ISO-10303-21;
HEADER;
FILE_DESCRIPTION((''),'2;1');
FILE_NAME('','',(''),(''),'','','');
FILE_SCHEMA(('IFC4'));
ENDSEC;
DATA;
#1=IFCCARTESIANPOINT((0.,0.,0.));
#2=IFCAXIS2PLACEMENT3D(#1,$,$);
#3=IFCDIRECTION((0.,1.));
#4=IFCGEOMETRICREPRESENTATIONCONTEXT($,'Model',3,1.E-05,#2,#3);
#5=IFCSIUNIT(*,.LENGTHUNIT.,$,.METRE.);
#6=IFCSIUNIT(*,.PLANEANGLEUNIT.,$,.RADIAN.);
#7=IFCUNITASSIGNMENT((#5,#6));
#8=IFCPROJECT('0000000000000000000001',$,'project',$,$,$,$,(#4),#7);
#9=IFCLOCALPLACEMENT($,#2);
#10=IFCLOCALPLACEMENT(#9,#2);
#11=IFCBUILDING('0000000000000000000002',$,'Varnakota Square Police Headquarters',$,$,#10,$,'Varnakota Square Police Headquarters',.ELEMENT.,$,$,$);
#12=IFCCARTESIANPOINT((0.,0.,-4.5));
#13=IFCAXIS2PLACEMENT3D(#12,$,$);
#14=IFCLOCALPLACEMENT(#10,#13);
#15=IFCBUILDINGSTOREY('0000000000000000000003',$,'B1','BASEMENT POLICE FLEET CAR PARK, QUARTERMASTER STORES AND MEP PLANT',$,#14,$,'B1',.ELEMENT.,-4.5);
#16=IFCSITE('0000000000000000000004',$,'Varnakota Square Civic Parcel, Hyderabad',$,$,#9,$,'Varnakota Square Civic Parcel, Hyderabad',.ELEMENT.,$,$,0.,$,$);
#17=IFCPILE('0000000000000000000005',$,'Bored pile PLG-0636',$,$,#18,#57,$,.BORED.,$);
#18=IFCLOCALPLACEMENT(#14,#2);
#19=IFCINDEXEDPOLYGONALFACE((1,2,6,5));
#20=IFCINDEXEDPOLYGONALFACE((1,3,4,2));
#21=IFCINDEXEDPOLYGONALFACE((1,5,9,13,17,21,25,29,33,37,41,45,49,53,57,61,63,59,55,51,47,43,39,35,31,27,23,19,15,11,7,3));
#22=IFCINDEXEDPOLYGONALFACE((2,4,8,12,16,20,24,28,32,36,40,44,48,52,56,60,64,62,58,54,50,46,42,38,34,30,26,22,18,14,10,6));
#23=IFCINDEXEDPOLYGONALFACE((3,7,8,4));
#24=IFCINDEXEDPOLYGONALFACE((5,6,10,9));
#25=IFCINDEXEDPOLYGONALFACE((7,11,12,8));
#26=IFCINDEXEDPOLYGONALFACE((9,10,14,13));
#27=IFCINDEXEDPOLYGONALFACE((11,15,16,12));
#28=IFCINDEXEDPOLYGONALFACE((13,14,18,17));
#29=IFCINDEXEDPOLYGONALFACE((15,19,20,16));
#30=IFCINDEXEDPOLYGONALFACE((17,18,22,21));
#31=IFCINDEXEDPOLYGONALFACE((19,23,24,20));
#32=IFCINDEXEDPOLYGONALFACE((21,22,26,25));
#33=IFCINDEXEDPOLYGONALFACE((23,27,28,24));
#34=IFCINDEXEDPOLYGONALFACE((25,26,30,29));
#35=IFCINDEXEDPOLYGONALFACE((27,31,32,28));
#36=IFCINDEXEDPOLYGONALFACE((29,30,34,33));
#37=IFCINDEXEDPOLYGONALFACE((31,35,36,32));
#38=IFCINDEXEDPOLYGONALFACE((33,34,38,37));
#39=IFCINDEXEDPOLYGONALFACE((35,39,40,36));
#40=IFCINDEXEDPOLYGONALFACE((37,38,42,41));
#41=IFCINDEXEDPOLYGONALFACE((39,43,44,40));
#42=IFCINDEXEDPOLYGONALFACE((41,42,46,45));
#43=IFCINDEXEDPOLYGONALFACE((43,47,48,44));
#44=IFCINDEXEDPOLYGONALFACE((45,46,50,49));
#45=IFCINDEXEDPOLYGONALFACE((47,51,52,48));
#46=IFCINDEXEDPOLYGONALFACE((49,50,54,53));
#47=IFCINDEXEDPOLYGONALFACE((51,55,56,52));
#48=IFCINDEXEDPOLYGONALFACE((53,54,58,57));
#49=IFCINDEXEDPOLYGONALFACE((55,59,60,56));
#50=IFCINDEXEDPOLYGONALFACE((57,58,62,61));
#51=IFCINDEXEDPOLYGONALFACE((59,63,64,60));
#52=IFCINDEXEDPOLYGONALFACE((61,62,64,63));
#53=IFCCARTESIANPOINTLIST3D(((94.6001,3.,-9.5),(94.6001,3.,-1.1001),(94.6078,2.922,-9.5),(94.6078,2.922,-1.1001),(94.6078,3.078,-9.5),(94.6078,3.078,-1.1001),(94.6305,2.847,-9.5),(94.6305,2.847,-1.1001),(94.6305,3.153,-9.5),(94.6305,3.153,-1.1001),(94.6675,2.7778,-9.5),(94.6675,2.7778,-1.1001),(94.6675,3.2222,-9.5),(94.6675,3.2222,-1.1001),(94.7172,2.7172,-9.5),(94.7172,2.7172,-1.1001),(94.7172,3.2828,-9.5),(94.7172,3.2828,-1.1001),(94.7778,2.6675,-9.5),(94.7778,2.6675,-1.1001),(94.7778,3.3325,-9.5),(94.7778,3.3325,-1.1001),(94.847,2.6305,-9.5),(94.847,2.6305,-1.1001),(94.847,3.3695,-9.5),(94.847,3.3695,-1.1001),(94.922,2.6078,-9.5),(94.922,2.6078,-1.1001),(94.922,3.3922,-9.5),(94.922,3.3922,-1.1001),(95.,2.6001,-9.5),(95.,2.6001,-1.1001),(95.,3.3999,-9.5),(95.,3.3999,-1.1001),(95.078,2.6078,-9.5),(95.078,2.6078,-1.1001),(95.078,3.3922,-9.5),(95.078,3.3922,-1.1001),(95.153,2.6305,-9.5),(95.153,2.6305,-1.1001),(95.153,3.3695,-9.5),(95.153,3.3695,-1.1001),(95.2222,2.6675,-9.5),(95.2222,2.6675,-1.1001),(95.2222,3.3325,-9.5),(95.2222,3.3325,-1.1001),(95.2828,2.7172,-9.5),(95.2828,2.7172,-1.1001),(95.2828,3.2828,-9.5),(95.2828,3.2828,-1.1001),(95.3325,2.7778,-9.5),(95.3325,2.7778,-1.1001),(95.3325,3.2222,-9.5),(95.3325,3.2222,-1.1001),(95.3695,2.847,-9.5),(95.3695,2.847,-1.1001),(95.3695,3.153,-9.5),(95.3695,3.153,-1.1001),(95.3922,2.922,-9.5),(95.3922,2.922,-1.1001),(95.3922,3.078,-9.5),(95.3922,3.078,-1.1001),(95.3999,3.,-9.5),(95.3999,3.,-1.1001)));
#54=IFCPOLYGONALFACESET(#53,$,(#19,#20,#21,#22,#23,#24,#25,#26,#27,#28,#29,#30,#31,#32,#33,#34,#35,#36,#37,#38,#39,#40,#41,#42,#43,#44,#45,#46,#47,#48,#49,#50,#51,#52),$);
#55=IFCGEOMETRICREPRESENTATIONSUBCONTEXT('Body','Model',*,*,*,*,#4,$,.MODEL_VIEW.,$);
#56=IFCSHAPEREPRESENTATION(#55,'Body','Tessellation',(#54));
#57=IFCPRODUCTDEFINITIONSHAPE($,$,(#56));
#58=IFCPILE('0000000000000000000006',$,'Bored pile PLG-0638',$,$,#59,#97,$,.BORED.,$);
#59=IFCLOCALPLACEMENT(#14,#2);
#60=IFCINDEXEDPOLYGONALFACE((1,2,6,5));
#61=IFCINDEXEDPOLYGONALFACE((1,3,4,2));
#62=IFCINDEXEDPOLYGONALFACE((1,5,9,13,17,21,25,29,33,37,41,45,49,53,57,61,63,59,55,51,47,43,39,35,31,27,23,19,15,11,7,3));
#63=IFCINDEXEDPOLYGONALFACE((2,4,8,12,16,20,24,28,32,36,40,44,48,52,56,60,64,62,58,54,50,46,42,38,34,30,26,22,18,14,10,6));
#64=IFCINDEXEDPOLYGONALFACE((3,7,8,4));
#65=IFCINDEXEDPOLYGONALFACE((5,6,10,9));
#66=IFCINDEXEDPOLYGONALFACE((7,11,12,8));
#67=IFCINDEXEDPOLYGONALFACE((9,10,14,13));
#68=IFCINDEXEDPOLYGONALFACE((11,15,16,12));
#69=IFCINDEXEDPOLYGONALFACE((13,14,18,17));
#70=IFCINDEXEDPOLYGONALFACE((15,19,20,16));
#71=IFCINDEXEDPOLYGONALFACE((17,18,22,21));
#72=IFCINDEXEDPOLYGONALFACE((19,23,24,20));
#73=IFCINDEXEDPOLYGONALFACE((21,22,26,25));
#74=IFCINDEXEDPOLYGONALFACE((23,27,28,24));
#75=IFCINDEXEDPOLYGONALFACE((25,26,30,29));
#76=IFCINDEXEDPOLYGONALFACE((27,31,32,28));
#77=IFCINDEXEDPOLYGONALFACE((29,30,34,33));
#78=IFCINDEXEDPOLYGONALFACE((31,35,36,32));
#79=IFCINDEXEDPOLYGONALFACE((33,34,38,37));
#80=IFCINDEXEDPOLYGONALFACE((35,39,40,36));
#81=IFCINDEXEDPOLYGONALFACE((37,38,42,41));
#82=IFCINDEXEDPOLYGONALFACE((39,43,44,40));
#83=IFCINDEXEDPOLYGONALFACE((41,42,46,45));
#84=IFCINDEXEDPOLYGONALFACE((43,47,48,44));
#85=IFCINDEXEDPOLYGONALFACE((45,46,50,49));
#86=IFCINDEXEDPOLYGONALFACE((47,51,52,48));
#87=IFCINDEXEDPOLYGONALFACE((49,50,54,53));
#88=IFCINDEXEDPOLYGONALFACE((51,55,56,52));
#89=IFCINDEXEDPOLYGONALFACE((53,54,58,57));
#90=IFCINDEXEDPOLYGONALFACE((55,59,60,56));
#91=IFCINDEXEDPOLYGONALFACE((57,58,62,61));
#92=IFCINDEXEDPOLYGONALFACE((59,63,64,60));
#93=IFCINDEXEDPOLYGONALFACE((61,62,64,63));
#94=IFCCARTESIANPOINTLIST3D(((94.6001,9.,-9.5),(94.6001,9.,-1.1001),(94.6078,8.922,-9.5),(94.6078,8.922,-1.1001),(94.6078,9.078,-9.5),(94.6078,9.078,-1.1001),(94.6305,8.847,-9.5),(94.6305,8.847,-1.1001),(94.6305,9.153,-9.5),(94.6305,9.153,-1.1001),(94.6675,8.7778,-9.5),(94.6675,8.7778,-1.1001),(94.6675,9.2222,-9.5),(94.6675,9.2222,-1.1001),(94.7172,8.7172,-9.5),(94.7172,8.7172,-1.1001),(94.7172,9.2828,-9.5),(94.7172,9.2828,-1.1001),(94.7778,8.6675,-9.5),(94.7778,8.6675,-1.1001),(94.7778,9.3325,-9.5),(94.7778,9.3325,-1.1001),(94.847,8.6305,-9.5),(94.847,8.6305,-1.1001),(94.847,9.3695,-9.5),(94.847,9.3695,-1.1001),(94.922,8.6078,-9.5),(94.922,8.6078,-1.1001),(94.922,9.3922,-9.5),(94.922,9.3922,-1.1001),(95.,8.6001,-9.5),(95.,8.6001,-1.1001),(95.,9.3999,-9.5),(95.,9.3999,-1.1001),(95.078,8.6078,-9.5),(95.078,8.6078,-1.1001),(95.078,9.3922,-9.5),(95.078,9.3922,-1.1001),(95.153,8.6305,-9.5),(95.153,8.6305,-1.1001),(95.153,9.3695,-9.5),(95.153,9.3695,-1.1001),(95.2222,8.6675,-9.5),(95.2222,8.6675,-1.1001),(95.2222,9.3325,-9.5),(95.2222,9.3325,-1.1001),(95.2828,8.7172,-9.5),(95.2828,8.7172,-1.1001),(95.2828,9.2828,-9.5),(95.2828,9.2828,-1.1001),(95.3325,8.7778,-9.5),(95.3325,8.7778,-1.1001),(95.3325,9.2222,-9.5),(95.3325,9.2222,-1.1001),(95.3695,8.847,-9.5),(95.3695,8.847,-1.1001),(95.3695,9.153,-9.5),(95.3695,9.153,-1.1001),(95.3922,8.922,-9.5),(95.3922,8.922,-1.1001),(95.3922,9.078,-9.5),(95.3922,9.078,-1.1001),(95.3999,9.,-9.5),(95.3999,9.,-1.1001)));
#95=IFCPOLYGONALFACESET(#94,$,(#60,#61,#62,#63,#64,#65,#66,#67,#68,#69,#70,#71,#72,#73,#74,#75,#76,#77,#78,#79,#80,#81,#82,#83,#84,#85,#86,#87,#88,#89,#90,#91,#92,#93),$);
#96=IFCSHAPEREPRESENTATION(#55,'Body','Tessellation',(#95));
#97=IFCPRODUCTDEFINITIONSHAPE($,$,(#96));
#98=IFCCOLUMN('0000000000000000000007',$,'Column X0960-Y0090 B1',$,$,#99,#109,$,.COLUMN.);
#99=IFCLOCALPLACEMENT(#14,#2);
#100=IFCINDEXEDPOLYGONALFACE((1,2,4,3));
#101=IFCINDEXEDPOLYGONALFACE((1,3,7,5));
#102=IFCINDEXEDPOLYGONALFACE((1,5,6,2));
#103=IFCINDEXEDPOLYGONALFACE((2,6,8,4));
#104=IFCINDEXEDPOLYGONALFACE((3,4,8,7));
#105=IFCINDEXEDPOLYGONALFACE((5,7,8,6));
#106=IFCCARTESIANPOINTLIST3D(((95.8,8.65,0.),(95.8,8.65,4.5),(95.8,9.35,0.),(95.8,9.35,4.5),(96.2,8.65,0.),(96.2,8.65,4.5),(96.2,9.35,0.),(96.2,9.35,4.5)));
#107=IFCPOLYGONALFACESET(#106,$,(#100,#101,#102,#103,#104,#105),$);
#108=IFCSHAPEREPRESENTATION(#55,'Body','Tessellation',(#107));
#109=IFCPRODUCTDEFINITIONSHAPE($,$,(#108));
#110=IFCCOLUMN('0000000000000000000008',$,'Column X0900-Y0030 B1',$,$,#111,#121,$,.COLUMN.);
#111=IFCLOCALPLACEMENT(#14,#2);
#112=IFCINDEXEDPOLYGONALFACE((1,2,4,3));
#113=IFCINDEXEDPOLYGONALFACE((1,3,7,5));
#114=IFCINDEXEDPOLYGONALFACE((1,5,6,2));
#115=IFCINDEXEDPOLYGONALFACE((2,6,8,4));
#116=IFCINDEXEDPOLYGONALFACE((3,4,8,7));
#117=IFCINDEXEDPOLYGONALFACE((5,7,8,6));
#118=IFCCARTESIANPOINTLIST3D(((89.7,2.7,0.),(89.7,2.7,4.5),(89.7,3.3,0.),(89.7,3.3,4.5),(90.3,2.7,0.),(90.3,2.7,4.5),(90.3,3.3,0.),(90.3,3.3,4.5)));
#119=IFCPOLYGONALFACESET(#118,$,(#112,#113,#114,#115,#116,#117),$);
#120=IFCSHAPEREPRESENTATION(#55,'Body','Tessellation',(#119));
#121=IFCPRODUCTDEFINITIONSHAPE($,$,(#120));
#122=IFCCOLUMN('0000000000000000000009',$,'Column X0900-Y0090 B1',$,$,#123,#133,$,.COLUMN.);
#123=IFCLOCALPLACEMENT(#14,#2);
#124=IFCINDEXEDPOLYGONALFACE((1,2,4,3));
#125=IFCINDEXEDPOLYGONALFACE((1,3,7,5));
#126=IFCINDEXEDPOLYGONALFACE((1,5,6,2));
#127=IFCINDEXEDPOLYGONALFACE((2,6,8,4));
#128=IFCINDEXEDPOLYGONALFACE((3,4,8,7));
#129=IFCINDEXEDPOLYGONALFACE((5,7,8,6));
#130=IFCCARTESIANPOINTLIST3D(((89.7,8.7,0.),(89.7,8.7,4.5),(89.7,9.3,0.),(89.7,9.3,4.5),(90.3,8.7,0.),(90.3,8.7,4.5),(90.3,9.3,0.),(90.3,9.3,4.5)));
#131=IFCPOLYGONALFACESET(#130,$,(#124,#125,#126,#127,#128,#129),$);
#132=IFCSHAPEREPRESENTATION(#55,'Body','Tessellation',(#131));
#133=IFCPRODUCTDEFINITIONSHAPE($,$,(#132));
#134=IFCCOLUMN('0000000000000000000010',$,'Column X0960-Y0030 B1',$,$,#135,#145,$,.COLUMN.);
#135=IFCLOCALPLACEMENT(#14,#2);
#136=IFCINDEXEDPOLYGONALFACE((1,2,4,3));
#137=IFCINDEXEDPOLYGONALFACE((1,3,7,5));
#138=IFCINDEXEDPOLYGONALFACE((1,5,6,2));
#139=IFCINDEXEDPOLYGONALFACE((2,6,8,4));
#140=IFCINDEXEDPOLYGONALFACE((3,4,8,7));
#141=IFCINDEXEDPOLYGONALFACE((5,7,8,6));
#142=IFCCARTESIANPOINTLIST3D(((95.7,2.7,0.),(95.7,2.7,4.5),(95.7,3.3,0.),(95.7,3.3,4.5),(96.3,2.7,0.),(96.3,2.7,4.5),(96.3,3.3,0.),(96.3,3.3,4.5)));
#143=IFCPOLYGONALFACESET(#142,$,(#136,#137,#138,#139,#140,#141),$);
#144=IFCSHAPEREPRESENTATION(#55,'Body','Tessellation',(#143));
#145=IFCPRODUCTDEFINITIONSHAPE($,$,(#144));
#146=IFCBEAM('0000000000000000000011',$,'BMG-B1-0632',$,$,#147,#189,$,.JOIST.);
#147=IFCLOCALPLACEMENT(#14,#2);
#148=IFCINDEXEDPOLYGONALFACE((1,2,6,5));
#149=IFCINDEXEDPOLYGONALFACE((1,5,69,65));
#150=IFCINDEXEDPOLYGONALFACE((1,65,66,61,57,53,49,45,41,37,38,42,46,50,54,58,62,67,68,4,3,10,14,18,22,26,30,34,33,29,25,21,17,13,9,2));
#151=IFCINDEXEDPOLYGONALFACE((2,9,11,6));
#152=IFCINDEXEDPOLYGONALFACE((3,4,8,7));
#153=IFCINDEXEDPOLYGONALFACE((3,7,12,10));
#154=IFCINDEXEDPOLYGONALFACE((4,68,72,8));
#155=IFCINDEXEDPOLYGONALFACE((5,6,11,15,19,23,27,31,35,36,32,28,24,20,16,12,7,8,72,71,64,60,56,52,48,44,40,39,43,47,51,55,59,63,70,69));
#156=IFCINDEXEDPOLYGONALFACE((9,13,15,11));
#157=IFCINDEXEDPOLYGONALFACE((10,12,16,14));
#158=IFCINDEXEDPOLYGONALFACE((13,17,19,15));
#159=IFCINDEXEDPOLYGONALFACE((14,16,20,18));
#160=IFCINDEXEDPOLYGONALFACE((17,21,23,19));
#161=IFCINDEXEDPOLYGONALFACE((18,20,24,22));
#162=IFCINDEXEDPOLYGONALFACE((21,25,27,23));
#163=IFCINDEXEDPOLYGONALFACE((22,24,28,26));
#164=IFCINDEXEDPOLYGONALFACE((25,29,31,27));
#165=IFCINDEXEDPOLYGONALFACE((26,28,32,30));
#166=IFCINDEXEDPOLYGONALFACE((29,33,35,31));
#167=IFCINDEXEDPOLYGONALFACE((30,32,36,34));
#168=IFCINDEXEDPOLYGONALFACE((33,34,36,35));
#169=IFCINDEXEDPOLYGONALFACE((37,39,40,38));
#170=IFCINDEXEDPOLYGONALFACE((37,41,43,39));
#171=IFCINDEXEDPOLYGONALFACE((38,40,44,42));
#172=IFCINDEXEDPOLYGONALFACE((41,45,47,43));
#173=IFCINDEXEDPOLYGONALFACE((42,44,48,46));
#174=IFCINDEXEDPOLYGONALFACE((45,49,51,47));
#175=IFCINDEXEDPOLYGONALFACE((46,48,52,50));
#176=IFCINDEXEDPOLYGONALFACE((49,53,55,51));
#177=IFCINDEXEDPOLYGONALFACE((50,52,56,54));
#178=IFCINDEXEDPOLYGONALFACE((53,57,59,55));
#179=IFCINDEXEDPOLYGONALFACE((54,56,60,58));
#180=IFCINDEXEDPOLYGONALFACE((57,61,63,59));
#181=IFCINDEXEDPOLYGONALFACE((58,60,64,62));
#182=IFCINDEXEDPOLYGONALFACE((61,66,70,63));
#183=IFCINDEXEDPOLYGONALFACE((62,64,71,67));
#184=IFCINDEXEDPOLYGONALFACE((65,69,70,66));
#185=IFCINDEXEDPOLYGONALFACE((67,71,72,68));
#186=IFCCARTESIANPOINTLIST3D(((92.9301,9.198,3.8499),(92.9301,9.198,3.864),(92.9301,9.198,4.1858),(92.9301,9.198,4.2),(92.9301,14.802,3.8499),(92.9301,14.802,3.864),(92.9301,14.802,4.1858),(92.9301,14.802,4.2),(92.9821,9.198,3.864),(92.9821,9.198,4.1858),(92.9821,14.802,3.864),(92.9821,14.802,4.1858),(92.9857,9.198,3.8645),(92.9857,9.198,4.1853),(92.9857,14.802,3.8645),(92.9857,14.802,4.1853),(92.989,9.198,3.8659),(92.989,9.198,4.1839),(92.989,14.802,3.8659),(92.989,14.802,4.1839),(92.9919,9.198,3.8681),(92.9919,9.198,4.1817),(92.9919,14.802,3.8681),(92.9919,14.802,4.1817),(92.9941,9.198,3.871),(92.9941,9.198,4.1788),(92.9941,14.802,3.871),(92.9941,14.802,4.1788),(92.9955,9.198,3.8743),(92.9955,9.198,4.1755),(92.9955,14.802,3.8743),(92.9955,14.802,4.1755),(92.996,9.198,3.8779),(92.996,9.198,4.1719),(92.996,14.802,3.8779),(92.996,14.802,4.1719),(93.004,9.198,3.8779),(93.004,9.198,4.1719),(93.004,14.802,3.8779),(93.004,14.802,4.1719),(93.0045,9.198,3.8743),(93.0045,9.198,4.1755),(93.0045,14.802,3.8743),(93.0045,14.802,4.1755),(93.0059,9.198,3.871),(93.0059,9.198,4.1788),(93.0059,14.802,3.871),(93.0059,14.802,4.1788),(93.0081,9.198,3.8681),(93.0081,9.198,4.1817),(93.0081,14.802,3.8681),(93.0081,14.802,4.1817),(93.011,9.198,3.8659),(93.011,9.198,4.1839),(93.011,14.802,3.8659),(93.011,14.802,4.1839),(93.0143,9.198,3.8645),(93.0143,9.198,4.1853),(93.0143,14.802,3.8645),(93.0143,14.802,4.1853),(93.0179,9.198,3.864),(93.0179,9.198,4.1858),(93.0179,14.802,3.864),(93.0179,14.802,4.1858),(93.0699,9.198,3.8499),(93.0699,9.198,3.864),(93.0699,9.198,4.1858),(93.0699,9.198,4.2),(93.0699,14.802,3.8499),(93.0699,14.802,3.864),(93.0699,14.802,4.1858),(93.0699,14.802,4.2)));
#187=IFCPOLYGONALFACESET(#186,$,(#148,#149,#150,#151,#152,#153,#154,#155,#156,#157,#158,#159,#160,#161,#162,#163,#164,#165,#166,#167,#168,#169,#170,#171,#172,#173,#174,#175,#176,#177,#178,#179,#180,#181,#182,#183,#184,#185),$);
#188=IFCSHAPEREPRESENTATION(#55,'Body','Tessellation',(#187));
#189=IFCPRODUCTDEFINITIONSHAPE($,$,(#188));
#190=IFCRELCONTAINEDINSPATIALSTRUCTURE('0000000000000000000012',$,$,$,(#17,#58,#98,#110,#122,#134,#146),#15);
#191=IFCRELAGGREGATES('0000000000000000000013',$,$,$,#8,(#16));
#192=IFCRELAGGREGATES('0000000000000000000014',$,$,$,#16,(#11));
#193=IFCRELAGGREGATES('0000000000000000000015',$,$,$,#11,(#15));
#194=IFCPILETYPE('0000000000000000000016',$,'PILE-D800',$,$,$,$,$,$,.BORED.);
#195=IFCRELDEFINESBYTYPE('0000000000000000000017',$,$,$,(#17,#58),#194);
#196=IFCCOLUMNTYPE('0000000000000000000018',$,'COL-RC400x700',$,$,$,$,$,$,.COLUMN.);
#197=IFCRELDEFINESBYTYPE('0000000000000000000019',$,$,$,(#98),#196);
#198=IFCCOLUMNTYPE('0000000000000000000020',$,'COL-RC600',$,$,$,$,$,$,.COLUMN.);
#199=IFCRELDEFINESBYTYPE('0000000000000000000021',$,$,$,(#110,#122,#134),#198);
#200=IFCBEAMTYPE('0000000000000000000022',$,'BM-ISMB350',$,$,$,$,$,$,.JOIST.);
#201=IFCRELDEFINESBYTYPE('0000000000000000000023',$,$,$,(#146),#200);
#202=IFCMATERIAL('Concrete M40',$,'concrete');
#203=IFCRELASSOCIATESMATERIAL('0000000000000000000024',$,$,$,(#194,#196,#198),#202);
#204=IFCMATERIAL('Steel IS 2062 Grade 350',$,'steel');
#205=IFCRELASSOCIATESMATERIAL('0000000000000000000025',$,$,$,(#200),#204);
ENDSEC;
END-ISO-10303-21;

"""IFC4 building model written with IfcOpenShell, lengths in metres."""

from ifc_helpers import new_model, si_unit, direction, frame, origin, origin_2d, place, context, subcontext, project, spatial, rectangle, circle, i_section, extrude, material, material_profile, profile_set, type_object, element, save


model = new_model("IFC4")

# Units and contexts
model_context = context("Model", 3, precision=1e-05, world=origin(), true_north=direction((0.0, 1.0)))
body_context = subcontext(model_context, "Body", "Model", "MODEL_VIEW")
ifc_project = project(units=[si_unit("LENGTHUNIT", "METRE"), si_unit("PLANEANGLEUNIT", "RADIAN")], contexts=[model_context])

# Site, building, storey
site_placement = place(None, origin())
site = spatial("IfcSite", under=ifc_project, at=site_placement, Name="Varnakota Square Civic Parcel, Hyderabad", LongName="Varnakota Square Civic Parcel, Hyderabad", CompositionType="ELEMENT", RefElevation=0.0)
building_placement = place(site_placement, origin())
building = spatial("IfcBuilding", under=site, at=building_placement, Name="Varnakota Square Police Headquarters", LongName="Varnakota Square Police Headquarters", CompositionType="ELEMENT")
storey_placement = place(building_placement, frame((0.0, 0.0, -4.5)))
storey = spatial("IfcBuildingStorey", under=building, at=storey_placement, Name="B1", Description="BASEMENT POLICE FLEET CAR PARK, QUARTERMASTER STORES AND MEP PLANT", LongName="B1", CompositionType="ELEMENT", Elevation=-4.5)

# Shared definitions
ifc_material_1 = material(Name="Concrete M40", Category="concrete")

# Piles
ifc_material_profile_1 = material_profile(ifc_material_1, circle(Radius=0.3999, at=origin_2d()), Name="BORED PILE 800")
ifc_profile_set_1 = profile_set([ifc_material_profile_1], Name="Concrete M40")
pile_type = type_object("IfcPileType", Name="PILE-D800", PredefinedType="BORED", material=ifc_profile_set_1)
for number, where, z_axis, x_axis, name in (
    (1, (95.0, 3.0, -1.1001), (0.0, 0.0, -1.0), (1.0, 0.0, 0.0), "Bored pile PLG-0636"),
    (2, (95.0, 9.0, -1.1001), (0.0, 0.0, -1.0), (1.0, 0.0, 0.0), "Bored pile PLG-0638"),
):
    element("IfcPile", number, at=place(storey_placement, frame(where, z_axis=z_axis, x_axis=x_axis)), inside=storey, type_object=pile_type, Name=name, PredefinedType="BORED", context=body_context, shape_type="SweptSolid", body=[
        extrude(circle(Radius=0.3999, at=origin_2d()), origin(), (0.0, 0.0, 1.0), 8.3999),
    ])

# Columns
ifc_material_profile_2 = material_profile(ifc_material_1, rectangle(XDim=0.3999, YDim=0.7, at=origin_2d()), Name="RC 400x700")
ifc_profile_set_2 = profile_set([ifc_material_profile_2], Name="Concrete M40")
column_type_1 = type_object("IfcColumnType", Name="COL-RC400x700", PredefinedType="COLUMN", material=ifc_profile_set_2)
column_placement = place(storey_placement, frame((96.0, 9.0, 0.0), z_axis=(0.0, 0.0, 1.0), x_axis=(1.0, 0.0, 0.0)))
element("IfcColumn", 3, at=column_placement, inside=storey, type_object=column_type_1, Name="Column X0960-Y0090 B1", PredefinedType="COLUMN", context=body_context, shape_type="SweptSolid", body=[
    extrude(rectangle(XDim=0.3999, YDim=0.7, at=origin_2d()), origin(), (0.0, 0.0, 1.0), 4.5),
])
ifc_material_profile_3 = material_profile(ifc_material_1, rectangle(XDim=0.6001, YDim=0.6001, at=origin_2d()), Name="RC 600x600")
ifc_profile_set_3 = profile_set([ifc_material_profile_3], Name="Concrete M40")
column_type_2 = type_object("IfcColumnType", Name="COL-RC600", PredefinedType="COLUMN", material=ifc_profile_set_3)
for number, where, z_axis, x_axis, name in (
    (4, (90.0, 3.0, 0.0), (0.0, 0.0, 1.0), (1.0, 0.0, 0.0), "Column X0900-Y0030 B1"),
    (5, (90.0, 9.0, 0.0), (0.0, 0.0, 1.0), (1.0, 0.0, 0.0), "Column X0900-Y0090 B1"),
    (6, (96.0, 3.0, 0.0), (0.0, 0.0, 1.0), (1.0, 0.0, 0.0), "Column X0960-Y0030 B1"),
):
    element("IfcColumn", number, at=place(storey_placement, frame(where, z_axis=z_axis, x_axis=x_axis)), inside=storey, type_object=column_type_2, Name=name, PredefinedType="COLUMN", context=body_context, shape_type="SweptSolid", body=[
        extrude(rectangle(XDim=0.6001, YDim=0.6001, at=origin_2d()), origin(), (0.0, 0.0, 1.0), 4.5),
    ])

# Beam
ifc_material_2 = material(Name="Steel IS 2062 Grade 350", Category="steel")
ifc_material_profile_4 = material_profile(ifc_material_2, i_section(OverallWidth=0.1399, OverallDepth=0.3501, WebThickness=0.0081, FlangeThickness=0.0142, FilletRadius=0.0139, at=origin_2d()), Name="ISMB 350")
ifc_profile_set_4 = profile_set([ifc_material_profile_4], Name="Steel IS 2062 Grade 350")
beam_type_1 = type_object("IfcBeamType", Name="BM-ISMB350", PredefinedType="JOIST", material=ifc_profile_set_4)
beam_1_placement = place(storey_placement, frame((93.0, 9.198, 4.0249), z_axis=(0.0, 1.0, 0.0), x_axis=(-1.0, 0.0, 0.0)))
element("IfcBeam", 7, at=beam_1_placement, inside=storey, type_object=beam_type_1, Name="BMG-B1-0632", PredefinedType="JOIST", context=body_context, shape_type="SweptSolid", body=[
    extrude(i_section(OverallWidth=0.1399, OverallDepth=0.3501, WebThickness=0.0081, FlangeThickness=0.0142, FilletRadius=0.0139, at=origin_2d()), origin(), (0.0, 0.0, 1.0), 5.604),
])

save(model, "model.ifc")
